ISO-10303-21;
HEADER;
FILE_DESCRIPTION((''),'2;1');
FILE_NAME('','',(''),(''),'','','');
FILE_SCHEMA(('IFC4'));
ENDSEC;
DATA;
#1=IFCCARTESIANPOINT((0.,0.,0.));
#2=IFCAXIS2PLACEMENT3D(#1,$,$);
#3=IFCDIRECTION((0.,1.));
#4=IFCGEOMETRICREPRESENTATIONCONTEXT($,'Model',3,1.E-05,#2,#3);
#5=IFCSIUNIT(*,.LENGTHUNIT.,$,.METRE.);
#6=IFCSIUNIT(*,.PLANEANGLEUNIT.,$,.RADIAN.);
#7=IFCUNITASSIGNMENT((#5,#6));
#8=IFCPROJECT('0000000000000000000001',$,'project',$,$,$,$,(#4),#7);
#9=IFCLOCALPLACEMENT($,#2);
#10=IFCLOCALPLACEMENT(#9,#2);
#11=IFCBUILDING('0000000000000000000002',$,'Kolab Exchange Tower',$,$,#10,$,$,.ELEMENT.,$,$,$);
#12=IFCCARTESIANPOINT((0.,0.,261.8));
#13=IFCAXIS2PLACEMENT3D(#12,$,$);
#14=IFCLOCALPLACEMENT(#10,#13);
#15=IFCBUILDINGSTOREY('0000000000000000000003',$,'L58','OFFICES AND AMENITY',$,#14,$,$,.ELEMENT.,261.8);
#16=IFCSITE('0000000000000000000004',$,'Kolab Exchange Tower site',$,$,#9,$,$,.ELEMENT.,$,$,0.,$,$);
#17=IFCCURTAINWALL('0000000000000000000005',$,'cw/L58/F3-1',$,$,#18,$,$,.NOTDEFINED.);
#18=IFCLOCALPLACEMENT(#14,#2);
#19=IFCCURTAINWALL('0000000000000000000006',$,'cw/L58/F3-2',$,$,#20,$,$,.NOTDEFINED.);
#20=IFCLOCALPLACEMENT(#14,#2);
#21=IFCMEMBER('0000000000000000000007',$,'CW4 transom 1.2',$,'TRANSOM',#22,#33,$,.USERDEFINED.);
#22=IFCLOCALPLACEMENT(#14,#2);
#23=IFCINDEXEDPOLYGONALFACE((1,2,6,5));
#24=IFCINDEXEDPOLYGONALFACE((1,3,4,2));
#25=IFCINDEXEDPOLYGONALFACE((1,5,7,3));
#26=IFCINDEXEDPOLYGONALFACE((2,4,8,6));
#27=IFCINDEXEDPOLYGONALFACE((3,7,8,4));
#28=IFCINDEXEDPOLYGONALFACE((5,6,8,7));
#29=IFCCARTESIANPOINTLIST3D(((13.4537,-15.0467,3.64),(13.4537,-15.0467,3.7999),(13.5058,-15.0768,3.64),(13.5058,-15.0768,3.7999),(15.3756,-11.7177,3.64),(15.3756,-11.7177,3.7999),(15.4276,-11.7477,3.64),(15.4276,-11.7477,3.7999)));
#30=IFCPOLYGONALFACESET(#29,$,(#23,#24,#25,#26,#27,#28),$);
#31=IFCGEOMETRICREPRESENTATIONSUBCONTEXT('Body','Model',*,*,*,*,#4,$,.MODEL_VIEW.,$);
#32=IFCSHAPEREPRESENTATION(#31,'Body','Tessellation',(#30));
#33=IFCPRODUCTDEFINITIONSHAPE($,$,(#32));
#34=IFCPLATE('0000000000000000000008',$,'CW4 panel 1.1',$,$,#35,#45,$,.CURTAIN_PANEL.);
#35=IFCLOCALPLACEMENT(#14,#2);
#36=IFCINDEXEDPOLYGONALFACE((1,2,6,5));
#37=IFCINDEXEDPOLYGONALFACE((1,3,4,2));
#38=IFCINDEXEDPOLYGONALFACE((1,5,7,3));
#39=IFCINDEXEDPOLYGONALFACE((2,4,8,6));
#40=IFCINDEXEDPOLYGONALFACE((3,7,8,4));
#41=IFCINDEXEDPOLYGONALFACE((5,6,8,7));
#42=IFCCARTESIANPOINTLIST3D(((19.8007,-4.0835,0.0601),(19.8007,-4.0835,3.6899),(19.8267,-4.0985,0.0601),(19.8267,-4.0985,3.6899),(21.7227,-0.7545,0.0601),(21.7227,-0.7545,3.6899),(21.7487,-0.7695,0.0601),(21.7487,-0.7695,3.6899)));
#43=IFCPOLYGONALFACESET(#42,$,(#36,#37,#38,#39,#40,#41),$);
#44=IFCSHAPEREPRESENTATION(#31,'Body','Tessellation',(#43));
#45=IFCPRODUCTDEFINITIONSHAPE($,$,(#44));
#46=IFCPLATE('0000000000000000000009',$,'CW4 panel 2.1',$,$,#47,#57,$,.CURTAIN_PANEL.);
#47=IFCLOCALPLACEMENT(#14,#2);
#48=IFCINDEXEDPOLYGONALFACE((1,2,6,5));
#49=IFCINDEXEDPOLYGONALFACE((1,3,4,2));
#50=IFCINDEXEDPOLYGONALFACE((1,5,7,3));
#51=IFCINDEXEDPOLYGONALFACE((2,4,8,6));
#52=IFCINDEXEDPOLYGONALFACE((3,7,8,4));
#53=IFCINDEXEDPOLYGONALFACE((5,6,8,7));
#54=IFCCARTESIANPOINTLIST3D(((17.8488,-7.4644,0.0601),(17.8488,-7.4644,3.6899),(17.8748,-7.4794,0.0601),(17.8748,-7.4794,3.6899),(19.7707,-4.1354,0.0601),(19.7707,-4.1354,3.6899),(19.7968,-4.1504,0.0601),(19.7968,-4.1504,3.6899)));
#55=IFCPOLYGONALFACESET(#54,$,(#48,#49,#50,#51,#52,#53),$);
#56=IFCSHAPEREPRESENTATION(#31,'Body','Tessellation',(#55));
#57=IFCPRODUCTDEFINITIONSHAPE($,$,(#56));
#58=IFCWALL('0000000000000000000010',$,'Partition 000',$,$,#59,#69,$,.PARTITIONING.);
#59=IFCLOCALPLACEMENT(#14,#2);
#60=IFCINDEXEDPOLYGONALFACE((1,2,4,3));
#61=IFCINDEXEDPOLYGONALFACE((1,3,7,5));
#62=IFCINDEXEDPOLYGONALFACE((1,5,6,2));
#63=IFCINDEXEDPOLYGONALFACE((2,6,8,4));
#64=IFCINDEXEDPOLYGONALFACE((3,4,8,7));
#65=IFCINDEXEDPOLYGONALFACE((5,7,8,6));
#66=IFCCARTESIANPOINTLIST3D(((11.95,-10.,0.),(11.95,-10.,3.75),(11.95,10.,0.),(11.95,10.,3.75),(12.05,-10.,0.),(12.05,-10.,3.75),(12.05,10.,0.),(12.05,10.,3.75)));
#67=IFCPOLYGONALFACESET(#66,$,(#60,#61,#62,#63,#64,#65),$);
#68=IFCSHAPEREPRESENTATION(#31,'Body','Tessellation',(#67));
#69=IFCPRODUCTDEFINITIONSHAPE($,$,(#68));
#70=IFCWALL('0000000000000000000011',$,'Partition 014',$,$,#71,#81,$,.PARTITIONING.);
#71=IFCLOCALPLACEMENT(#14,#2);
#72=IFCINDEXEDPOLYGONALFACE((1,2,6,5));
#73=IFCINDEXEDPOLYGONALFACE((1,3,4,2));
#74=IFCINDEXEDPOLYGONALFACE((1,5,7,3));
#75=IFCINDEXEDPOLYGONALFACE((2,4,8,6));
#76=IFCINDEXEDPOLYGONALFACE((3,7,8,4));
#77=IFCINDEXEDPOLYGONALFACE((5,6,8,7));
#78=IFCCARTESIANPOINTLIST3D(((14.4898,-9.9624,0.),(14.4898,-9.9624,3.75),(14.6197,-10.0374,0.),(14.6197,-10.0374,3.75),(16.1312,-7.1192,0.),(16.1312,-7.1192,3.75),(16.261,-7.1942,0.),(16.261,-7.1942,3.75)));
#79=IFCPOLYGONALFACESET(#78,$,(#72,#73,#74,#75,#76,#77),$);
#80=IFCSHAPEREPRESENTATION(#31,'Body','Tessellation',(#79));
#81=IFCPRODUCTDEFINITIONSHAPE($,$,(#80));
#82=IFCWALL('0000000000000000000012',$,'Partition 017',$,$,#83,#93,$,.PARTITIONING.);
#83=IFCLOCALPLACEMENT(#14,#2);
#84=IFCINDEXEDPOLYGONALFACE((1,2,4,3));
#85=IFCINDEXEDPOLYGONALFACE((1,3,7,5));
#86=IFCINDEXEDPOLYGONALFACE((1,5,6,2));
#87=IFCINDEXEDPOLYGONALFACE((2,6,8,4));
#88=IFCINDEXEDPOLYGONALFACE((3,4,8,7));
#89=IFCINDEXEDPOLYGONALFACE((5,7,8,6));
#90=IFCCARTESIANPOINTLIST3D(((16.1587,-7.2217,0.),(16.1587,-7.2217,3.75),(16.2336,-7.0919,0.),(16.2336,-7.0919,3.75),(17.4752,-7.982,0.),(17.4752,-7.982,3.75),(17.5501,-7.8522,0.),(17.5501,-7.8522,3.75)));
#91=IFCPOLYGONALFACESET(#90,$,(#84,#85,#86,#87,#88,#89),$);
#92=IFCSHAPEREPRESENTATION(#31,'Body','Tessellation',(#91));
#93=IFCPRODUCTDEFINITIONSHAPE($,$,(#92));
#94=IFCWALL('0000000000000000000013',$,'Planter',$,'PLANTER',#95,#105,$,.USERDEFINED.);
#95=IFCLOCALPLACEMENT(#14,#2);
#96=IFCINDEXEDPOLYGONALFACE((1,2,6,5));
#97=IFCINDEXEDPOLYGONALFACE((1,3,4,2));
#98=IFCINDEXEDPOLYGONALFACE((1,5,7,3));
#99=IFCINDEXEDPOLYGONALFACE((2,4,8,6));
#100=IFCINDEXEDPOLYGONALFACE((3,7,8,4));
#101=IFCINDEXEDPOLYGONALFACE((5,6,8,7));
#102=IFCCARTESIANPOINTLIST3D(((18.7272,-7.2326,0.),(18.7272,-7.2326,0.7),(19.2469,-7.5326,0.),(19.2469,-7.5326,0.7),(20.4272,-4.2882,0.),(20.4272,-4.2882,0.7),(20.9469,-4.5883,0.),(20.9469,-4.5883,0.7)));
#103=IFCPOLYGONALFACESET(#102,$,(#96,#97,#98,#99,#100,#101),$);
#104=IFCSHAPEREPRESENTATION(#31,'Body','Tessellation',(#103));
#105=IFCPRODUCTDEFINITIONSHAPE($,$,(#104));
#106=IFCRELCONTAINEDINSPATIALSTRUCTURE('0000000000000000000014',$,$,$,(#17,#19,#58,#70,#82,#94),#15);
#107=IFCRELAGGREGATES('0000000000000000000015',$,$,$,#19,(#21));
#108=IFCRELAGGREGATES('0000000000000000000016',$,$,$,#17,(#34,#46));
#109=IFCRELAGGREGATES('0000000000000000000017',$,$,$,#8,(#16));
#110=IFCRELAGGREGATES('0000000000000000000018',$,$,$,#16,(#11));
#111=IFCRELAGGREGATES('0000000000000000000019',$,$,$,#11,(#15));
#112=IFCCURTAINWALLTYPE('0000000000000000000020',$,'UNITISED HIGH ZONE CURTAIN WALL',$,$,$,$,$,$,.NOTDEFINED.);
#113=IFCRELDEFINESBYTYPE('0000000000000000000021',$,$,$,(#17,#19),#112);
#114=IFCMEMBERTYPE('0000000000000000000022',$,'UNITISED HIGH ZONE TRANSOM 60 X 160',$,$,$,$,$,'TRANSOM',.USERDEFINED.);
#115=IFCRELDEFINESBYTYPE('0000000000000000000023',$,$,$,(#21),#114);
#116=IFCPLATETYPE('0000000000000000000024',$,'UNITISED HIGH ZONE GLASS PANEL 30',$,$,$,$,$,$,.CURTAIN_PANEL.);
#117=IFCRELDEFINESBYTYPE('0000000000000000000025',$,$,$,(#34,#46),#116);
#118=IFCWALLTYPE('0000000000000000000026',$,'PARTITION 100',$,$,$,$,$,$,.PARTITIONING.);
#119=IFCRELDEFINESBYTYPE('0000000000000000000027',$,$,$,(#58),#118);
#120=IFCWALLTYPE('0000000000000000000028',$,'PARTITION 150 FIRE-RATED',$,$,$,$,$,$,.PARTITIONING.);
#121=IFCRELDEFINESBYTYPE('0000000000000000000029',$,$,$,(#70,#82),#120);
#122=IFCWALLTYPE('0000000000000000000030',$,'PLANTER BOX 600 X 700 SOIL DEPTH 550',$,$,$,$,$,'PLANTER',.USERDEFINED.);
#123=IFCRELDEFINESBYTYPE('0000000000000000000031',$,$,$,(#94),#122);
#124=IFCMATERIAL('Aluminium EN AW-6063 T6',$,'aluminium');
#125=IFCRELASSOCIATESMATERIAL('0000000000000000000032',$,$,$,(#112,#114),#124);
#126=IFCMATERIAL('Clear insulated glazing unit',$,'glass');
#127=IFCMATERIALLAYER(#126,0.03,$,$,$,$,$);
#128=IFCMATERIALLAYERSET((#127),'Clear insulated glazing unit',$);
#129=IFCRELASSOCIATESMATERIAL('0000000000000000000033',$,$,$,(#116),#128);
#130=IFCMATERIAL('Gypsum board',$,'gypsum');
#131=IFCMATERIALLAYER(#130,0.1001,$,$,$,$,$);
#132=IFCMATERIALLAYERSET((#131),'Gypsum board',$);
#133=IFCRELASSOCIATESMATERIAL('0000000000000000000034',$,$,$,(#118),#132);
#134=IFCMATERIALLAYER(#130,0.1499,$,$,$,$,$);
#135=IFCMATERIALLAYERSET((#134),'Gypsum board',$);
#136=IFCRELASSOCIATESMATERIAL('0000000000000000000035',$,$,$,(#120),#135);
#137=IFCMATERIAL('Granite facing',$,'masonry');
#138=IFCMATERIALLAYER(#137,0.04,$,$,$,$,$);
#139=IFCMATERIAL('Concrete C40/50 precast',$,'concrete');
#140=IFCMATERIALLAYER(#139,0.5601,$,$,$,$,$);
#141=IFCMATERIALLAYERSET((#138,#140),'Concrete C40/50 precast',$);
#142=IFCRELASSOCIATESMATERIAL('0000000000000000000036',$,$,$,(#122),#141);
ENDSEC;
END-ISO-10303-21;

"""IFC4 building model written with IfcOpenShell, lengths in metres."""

from ifc_helpers import new_model, si_unit, direction, frame, frame_2d, origin, origin_2d, place, context, subcontext, project, spatial, rectangle, extrude, material, layer, layer_set, material_profile, profile_set, type_object, element, aggregate, save


model = new_model("IFC4")

# Units and contexts
model_context = context("Model", 3, precision=1e-05, world=origin(), true_north=direction((0.0, 1.0)))
body_context = subcontext(model_context, "Body", "Model", "MODEL_VIEW")
ifc_project = project(units=[si_unit("LENGTHUNIT", "METRE"), si_unit("PLANEANGLEUNIT", "RADIAN")], contexts=[model_context])

# Site, building, storey
site_placement = place(None, origin())
site = spatial("IfcSite", under=ifc_project, at=site_placement, Name="Kolab Exchange Tower site", CompositionType="ELEMENT", RefElevation=0.0)
building_placement = place(site_placement, origin())
building = spatial("IfcBuilding", under=site, at=building_placement, Name="Kolab Exchange Tower", CompositionType="ELEMENT")
storey_placement = place(building_placement, frame((0.0, 0.0, 261.8)))
storey = spatial("IfcBuildingStorey", under=building, at=storey_placement, Name="L58", Description="OFFICES AND AMENITY", CompositionType="ELEMENT", Elevation=261.8)

# Curtain wall
ifc_material_1 = material(Name="Aluminium EN AW-6063 T6", Category="aluminium")
curtain_wall_type = type_object("IfcCurtainWallType", Name="UNITISED HIGH ZONE CURTAIN WALL", PredefinedType="NOTDEFINED", material=ifc_material_1)
curtain_wall_1_placement = place(storey_placement, origin())
curtain_wall_1 = element("IfcCurtainWall", 1, at=curtain_wall_1_placement, inside=storey, type_object=curtain_wall_type, Name="cw/L58/F3-1", PredefinedType="NOTDEFINED")

# Curtain wall
curtain_wall_2_placement = place(storey_placement, origin())
curtain_wall_2 = element("IfcCurtainWall", 2, at=curtain_wall_2_placement, inside=storey, type_object=curtain_wall_type, Name="cw/L58/F3-2", PredefinedType="NOTDEFINED")

# Member
ifc_material_profile_1 = material_profile(ifc_material_1, rectangle(XDim=0.0601, YDim=0.1599, at=origin_2d()), Name="RECT 60X160")
ifc_profile_set_1 = profile_set([ifc_material_profile_1], Name="Aluminium EN AW-6063 T6")
member_type_1 = type_object("IfcMemberType", Name="UNITISED HIGH ZONE TRANSOM 60 X 160", ElementType="TRANSOM", PredefinedType="USERDEFINED", material=ifc_profile_set_1)
member_1_placement = place(storey_placement, frame((15.4016, -11.7327, 3.72), z_axis=(-0.499964, -0.866046, 0.0), x_axis=(0.866046, -0.499964, 0.0)))
member_1 = element("IfcMember", 3, at=member_1_placement, type_object=member_type_1, Name="CW4 transom 1.2", ObjectType="TRANSOM", PredefinedType="USERDEFINED", context=body_context, shape_type="SweptSolid", body=[
    extrude(rectangle(XDim=0.0601, YDim=0.1599, at=origin_2d()), origin(), (0.0, 0.0, 1.0), 3.844),
])
aggregate(curtain_wall_2, [member_1])

# Plates
ifc_material_2 = material(Name="Clear insulated glazing unit", Category="glass")
ifc_layer_1 = layer(ifc_material_2, 0.03)
ifc_layer_set_1 = layer_set([ifc_layer_1], Name="Clear insulated glazing unit")
plate_type = type_object("IfcPlateType", Name="UNITISED HIGH ZONE GLASS PANEL 30", PredefinedType="CURTAIN_PANEL", material=ifc_layer_set_1)
plate_1_placement = place(storey_placement, frame((20.7747, -2.4265, 0.0601), z_axis=(0.0, 0.0, 1.0), x_axis=(-0.5, -0.866025, 0.0)))
plate_1 = element("IfcPlate", 4, at=plate_1_placement, type_object=plate_type, Name="CW4 panel 1.1", PredefinedType="CURTAIN_PANEL", context=body_context, shape_type="SweptSolid", body=[
    extrude(rectangle(XDim=3.844, YDim=0.03, at=origin_2d()), origin(), (0.0, 0.0, 1.0), 3.6299),
])
plate_2_placement = place(storey_placement, frame((18.8228, -5.8074, 0.0601), z_axis=(0.0, 0.0, 1.0), x_axis=(-0.5, -0.866025, 0.0)))
plate_2 = element("IfcPlate", 5, at=plate_2_placement, type_object=plate_type, Name="CW4 panel 2.1", PredefinedType="CURTAIN_PANEL", context=body_context, shape_type="SweptSolid", body=[
    extrude(rectangle(XDim=3.844, YDim=0.03, at=origin_2d()), origin(), (0.0, 0.0, 1.0), 3.6299),
])
aggregate(curtain_wall_1, [plate_1, plate_2])

# Walls
ifc_material_3 = material(Name="Gypsum board", Category="gypsum")
ifc_layer_2 = layer(ifc_material_3, 0.1001)
ifc_layer_set_2 = layer_set([ifc_layer_2], Name="Gypsum board")
wall_type_1 = type_object("IfcWallType", Name="PARTITION 100", PredefinedType="PARTITIONING", material=ifc_layer_set_2)
wall_1_placement = place(storey_placement, frame((12.0, -10.0, 0.0), z_axis=(0.0, 0.0, 1.0), x_axis=(0.0, 1.0, 0.0)))
element("IfcWall", 6, at=wall_1_placement, inside=storey, type_object=wall_type_1, Name="Partition 000", PredefinedType="PARTITIONING", context=body_context, shape_type="SweptSolid", body=[
    extrude(rectangle(XDim=20.0, YDim=0.1001, at=frame_2d((10.0, 0.0))), origin(), (0.0, 0.0, 1.0), 3.75),
])
ifc_layer_3 = layer(ifc_material_3, 0.1499)
ifc_layer_set_3 = layer_set([ifc_layer_3], Name="Gypsum board")
wall_type_2 = type_object("IfcWallType", Name="PARTITION 150 FIRE-RATED", PredefinedType="PARTITIONING", material=ifc_layer_set_3)
wall_2_placement = place(storey_placement, frame((14.5547, -10.0, 0.0), z_axis=(0.0, 0.0, 1.0), x_axis=(0.499954, 0.866052, 0.0)))
element("IfcWall", 7, at=wall_2_placement, inside=storey, type_object=wall_type_2, Name="Partition 014", PredefinedType="PARTITIONING", context=body_context, shape_type="SweptSolid", body=[
    extrude(rectangle(XDim=3.283, YDim=0.1499, at=frame_2d((1.6416, 0.0))), origin(), (0.0, 0.0, 1.0), 3.75),
])
wall_3_placement = place(storey_placement, frame((16.196, -7.1567, 0.0), z_axis=(0.0, 0.0, 1.0), x_axis=(0.865961, -0.500112, 0.0)))
element("IfcWall", 8, at=wall_3_placement, inside=storey, type_object=wall_type_2, Name="Partition 017", PredefinedType="PARTITIONING", context=body_context, shape_type="SweptSolid", body=[
    extrude(rectangle(XDim=1.5203, YDim=0.1499, at=frame_2d((0.7603, 0.0))), origin(), (0.0, 0.0, 1.0), 3.75),
])
ifc_material_4 = material(Name="Granite facing", Category="masonry")
ifc_layer_4 = layer(ifc_material_4, 0.04)
ifc_material_5 = material(Name="Concrete C40/50 precast", Category="concrete")
ifc_layer_5 = layer(ifc_material_5, 0.5601)
ifc_layer_set_4 = layer_set([ifc_layer_4, ifc_layer_5], Name="Concrete C40/50 precast")
wall_type_3 = type_object("IfcWallType", Name="PLANTER BOX 600 X 700 SOIL DEPTH 550", ElementType="PLANTER", PredefinedType="USERDEFINED", material=ifc_layer_set_4)
wall_4_placement = place(storey_placement, frame((20.687, -4.4382, 0.0), z_axis=(0.0, 0.0, 1.0), x_axis=(-0.500008, -0.866021, 0.0)))
element("IfcWall", 9, at=wall_4_placement, inside=storey, type_object=wall_type_3, Name="Planter", ObjectType="PLANTER", PredefinedType="USERDEFINED", context=body_context, shape_type="SweptSolid", body=[
    extrude(rectangle(XDim=3.3999, YDim=0.6001, at=frame_2d((1.7, 0.0))), origin(), (0.0, 0.0, 1.0), 0.7),
])

save(model, "model.ifc")
